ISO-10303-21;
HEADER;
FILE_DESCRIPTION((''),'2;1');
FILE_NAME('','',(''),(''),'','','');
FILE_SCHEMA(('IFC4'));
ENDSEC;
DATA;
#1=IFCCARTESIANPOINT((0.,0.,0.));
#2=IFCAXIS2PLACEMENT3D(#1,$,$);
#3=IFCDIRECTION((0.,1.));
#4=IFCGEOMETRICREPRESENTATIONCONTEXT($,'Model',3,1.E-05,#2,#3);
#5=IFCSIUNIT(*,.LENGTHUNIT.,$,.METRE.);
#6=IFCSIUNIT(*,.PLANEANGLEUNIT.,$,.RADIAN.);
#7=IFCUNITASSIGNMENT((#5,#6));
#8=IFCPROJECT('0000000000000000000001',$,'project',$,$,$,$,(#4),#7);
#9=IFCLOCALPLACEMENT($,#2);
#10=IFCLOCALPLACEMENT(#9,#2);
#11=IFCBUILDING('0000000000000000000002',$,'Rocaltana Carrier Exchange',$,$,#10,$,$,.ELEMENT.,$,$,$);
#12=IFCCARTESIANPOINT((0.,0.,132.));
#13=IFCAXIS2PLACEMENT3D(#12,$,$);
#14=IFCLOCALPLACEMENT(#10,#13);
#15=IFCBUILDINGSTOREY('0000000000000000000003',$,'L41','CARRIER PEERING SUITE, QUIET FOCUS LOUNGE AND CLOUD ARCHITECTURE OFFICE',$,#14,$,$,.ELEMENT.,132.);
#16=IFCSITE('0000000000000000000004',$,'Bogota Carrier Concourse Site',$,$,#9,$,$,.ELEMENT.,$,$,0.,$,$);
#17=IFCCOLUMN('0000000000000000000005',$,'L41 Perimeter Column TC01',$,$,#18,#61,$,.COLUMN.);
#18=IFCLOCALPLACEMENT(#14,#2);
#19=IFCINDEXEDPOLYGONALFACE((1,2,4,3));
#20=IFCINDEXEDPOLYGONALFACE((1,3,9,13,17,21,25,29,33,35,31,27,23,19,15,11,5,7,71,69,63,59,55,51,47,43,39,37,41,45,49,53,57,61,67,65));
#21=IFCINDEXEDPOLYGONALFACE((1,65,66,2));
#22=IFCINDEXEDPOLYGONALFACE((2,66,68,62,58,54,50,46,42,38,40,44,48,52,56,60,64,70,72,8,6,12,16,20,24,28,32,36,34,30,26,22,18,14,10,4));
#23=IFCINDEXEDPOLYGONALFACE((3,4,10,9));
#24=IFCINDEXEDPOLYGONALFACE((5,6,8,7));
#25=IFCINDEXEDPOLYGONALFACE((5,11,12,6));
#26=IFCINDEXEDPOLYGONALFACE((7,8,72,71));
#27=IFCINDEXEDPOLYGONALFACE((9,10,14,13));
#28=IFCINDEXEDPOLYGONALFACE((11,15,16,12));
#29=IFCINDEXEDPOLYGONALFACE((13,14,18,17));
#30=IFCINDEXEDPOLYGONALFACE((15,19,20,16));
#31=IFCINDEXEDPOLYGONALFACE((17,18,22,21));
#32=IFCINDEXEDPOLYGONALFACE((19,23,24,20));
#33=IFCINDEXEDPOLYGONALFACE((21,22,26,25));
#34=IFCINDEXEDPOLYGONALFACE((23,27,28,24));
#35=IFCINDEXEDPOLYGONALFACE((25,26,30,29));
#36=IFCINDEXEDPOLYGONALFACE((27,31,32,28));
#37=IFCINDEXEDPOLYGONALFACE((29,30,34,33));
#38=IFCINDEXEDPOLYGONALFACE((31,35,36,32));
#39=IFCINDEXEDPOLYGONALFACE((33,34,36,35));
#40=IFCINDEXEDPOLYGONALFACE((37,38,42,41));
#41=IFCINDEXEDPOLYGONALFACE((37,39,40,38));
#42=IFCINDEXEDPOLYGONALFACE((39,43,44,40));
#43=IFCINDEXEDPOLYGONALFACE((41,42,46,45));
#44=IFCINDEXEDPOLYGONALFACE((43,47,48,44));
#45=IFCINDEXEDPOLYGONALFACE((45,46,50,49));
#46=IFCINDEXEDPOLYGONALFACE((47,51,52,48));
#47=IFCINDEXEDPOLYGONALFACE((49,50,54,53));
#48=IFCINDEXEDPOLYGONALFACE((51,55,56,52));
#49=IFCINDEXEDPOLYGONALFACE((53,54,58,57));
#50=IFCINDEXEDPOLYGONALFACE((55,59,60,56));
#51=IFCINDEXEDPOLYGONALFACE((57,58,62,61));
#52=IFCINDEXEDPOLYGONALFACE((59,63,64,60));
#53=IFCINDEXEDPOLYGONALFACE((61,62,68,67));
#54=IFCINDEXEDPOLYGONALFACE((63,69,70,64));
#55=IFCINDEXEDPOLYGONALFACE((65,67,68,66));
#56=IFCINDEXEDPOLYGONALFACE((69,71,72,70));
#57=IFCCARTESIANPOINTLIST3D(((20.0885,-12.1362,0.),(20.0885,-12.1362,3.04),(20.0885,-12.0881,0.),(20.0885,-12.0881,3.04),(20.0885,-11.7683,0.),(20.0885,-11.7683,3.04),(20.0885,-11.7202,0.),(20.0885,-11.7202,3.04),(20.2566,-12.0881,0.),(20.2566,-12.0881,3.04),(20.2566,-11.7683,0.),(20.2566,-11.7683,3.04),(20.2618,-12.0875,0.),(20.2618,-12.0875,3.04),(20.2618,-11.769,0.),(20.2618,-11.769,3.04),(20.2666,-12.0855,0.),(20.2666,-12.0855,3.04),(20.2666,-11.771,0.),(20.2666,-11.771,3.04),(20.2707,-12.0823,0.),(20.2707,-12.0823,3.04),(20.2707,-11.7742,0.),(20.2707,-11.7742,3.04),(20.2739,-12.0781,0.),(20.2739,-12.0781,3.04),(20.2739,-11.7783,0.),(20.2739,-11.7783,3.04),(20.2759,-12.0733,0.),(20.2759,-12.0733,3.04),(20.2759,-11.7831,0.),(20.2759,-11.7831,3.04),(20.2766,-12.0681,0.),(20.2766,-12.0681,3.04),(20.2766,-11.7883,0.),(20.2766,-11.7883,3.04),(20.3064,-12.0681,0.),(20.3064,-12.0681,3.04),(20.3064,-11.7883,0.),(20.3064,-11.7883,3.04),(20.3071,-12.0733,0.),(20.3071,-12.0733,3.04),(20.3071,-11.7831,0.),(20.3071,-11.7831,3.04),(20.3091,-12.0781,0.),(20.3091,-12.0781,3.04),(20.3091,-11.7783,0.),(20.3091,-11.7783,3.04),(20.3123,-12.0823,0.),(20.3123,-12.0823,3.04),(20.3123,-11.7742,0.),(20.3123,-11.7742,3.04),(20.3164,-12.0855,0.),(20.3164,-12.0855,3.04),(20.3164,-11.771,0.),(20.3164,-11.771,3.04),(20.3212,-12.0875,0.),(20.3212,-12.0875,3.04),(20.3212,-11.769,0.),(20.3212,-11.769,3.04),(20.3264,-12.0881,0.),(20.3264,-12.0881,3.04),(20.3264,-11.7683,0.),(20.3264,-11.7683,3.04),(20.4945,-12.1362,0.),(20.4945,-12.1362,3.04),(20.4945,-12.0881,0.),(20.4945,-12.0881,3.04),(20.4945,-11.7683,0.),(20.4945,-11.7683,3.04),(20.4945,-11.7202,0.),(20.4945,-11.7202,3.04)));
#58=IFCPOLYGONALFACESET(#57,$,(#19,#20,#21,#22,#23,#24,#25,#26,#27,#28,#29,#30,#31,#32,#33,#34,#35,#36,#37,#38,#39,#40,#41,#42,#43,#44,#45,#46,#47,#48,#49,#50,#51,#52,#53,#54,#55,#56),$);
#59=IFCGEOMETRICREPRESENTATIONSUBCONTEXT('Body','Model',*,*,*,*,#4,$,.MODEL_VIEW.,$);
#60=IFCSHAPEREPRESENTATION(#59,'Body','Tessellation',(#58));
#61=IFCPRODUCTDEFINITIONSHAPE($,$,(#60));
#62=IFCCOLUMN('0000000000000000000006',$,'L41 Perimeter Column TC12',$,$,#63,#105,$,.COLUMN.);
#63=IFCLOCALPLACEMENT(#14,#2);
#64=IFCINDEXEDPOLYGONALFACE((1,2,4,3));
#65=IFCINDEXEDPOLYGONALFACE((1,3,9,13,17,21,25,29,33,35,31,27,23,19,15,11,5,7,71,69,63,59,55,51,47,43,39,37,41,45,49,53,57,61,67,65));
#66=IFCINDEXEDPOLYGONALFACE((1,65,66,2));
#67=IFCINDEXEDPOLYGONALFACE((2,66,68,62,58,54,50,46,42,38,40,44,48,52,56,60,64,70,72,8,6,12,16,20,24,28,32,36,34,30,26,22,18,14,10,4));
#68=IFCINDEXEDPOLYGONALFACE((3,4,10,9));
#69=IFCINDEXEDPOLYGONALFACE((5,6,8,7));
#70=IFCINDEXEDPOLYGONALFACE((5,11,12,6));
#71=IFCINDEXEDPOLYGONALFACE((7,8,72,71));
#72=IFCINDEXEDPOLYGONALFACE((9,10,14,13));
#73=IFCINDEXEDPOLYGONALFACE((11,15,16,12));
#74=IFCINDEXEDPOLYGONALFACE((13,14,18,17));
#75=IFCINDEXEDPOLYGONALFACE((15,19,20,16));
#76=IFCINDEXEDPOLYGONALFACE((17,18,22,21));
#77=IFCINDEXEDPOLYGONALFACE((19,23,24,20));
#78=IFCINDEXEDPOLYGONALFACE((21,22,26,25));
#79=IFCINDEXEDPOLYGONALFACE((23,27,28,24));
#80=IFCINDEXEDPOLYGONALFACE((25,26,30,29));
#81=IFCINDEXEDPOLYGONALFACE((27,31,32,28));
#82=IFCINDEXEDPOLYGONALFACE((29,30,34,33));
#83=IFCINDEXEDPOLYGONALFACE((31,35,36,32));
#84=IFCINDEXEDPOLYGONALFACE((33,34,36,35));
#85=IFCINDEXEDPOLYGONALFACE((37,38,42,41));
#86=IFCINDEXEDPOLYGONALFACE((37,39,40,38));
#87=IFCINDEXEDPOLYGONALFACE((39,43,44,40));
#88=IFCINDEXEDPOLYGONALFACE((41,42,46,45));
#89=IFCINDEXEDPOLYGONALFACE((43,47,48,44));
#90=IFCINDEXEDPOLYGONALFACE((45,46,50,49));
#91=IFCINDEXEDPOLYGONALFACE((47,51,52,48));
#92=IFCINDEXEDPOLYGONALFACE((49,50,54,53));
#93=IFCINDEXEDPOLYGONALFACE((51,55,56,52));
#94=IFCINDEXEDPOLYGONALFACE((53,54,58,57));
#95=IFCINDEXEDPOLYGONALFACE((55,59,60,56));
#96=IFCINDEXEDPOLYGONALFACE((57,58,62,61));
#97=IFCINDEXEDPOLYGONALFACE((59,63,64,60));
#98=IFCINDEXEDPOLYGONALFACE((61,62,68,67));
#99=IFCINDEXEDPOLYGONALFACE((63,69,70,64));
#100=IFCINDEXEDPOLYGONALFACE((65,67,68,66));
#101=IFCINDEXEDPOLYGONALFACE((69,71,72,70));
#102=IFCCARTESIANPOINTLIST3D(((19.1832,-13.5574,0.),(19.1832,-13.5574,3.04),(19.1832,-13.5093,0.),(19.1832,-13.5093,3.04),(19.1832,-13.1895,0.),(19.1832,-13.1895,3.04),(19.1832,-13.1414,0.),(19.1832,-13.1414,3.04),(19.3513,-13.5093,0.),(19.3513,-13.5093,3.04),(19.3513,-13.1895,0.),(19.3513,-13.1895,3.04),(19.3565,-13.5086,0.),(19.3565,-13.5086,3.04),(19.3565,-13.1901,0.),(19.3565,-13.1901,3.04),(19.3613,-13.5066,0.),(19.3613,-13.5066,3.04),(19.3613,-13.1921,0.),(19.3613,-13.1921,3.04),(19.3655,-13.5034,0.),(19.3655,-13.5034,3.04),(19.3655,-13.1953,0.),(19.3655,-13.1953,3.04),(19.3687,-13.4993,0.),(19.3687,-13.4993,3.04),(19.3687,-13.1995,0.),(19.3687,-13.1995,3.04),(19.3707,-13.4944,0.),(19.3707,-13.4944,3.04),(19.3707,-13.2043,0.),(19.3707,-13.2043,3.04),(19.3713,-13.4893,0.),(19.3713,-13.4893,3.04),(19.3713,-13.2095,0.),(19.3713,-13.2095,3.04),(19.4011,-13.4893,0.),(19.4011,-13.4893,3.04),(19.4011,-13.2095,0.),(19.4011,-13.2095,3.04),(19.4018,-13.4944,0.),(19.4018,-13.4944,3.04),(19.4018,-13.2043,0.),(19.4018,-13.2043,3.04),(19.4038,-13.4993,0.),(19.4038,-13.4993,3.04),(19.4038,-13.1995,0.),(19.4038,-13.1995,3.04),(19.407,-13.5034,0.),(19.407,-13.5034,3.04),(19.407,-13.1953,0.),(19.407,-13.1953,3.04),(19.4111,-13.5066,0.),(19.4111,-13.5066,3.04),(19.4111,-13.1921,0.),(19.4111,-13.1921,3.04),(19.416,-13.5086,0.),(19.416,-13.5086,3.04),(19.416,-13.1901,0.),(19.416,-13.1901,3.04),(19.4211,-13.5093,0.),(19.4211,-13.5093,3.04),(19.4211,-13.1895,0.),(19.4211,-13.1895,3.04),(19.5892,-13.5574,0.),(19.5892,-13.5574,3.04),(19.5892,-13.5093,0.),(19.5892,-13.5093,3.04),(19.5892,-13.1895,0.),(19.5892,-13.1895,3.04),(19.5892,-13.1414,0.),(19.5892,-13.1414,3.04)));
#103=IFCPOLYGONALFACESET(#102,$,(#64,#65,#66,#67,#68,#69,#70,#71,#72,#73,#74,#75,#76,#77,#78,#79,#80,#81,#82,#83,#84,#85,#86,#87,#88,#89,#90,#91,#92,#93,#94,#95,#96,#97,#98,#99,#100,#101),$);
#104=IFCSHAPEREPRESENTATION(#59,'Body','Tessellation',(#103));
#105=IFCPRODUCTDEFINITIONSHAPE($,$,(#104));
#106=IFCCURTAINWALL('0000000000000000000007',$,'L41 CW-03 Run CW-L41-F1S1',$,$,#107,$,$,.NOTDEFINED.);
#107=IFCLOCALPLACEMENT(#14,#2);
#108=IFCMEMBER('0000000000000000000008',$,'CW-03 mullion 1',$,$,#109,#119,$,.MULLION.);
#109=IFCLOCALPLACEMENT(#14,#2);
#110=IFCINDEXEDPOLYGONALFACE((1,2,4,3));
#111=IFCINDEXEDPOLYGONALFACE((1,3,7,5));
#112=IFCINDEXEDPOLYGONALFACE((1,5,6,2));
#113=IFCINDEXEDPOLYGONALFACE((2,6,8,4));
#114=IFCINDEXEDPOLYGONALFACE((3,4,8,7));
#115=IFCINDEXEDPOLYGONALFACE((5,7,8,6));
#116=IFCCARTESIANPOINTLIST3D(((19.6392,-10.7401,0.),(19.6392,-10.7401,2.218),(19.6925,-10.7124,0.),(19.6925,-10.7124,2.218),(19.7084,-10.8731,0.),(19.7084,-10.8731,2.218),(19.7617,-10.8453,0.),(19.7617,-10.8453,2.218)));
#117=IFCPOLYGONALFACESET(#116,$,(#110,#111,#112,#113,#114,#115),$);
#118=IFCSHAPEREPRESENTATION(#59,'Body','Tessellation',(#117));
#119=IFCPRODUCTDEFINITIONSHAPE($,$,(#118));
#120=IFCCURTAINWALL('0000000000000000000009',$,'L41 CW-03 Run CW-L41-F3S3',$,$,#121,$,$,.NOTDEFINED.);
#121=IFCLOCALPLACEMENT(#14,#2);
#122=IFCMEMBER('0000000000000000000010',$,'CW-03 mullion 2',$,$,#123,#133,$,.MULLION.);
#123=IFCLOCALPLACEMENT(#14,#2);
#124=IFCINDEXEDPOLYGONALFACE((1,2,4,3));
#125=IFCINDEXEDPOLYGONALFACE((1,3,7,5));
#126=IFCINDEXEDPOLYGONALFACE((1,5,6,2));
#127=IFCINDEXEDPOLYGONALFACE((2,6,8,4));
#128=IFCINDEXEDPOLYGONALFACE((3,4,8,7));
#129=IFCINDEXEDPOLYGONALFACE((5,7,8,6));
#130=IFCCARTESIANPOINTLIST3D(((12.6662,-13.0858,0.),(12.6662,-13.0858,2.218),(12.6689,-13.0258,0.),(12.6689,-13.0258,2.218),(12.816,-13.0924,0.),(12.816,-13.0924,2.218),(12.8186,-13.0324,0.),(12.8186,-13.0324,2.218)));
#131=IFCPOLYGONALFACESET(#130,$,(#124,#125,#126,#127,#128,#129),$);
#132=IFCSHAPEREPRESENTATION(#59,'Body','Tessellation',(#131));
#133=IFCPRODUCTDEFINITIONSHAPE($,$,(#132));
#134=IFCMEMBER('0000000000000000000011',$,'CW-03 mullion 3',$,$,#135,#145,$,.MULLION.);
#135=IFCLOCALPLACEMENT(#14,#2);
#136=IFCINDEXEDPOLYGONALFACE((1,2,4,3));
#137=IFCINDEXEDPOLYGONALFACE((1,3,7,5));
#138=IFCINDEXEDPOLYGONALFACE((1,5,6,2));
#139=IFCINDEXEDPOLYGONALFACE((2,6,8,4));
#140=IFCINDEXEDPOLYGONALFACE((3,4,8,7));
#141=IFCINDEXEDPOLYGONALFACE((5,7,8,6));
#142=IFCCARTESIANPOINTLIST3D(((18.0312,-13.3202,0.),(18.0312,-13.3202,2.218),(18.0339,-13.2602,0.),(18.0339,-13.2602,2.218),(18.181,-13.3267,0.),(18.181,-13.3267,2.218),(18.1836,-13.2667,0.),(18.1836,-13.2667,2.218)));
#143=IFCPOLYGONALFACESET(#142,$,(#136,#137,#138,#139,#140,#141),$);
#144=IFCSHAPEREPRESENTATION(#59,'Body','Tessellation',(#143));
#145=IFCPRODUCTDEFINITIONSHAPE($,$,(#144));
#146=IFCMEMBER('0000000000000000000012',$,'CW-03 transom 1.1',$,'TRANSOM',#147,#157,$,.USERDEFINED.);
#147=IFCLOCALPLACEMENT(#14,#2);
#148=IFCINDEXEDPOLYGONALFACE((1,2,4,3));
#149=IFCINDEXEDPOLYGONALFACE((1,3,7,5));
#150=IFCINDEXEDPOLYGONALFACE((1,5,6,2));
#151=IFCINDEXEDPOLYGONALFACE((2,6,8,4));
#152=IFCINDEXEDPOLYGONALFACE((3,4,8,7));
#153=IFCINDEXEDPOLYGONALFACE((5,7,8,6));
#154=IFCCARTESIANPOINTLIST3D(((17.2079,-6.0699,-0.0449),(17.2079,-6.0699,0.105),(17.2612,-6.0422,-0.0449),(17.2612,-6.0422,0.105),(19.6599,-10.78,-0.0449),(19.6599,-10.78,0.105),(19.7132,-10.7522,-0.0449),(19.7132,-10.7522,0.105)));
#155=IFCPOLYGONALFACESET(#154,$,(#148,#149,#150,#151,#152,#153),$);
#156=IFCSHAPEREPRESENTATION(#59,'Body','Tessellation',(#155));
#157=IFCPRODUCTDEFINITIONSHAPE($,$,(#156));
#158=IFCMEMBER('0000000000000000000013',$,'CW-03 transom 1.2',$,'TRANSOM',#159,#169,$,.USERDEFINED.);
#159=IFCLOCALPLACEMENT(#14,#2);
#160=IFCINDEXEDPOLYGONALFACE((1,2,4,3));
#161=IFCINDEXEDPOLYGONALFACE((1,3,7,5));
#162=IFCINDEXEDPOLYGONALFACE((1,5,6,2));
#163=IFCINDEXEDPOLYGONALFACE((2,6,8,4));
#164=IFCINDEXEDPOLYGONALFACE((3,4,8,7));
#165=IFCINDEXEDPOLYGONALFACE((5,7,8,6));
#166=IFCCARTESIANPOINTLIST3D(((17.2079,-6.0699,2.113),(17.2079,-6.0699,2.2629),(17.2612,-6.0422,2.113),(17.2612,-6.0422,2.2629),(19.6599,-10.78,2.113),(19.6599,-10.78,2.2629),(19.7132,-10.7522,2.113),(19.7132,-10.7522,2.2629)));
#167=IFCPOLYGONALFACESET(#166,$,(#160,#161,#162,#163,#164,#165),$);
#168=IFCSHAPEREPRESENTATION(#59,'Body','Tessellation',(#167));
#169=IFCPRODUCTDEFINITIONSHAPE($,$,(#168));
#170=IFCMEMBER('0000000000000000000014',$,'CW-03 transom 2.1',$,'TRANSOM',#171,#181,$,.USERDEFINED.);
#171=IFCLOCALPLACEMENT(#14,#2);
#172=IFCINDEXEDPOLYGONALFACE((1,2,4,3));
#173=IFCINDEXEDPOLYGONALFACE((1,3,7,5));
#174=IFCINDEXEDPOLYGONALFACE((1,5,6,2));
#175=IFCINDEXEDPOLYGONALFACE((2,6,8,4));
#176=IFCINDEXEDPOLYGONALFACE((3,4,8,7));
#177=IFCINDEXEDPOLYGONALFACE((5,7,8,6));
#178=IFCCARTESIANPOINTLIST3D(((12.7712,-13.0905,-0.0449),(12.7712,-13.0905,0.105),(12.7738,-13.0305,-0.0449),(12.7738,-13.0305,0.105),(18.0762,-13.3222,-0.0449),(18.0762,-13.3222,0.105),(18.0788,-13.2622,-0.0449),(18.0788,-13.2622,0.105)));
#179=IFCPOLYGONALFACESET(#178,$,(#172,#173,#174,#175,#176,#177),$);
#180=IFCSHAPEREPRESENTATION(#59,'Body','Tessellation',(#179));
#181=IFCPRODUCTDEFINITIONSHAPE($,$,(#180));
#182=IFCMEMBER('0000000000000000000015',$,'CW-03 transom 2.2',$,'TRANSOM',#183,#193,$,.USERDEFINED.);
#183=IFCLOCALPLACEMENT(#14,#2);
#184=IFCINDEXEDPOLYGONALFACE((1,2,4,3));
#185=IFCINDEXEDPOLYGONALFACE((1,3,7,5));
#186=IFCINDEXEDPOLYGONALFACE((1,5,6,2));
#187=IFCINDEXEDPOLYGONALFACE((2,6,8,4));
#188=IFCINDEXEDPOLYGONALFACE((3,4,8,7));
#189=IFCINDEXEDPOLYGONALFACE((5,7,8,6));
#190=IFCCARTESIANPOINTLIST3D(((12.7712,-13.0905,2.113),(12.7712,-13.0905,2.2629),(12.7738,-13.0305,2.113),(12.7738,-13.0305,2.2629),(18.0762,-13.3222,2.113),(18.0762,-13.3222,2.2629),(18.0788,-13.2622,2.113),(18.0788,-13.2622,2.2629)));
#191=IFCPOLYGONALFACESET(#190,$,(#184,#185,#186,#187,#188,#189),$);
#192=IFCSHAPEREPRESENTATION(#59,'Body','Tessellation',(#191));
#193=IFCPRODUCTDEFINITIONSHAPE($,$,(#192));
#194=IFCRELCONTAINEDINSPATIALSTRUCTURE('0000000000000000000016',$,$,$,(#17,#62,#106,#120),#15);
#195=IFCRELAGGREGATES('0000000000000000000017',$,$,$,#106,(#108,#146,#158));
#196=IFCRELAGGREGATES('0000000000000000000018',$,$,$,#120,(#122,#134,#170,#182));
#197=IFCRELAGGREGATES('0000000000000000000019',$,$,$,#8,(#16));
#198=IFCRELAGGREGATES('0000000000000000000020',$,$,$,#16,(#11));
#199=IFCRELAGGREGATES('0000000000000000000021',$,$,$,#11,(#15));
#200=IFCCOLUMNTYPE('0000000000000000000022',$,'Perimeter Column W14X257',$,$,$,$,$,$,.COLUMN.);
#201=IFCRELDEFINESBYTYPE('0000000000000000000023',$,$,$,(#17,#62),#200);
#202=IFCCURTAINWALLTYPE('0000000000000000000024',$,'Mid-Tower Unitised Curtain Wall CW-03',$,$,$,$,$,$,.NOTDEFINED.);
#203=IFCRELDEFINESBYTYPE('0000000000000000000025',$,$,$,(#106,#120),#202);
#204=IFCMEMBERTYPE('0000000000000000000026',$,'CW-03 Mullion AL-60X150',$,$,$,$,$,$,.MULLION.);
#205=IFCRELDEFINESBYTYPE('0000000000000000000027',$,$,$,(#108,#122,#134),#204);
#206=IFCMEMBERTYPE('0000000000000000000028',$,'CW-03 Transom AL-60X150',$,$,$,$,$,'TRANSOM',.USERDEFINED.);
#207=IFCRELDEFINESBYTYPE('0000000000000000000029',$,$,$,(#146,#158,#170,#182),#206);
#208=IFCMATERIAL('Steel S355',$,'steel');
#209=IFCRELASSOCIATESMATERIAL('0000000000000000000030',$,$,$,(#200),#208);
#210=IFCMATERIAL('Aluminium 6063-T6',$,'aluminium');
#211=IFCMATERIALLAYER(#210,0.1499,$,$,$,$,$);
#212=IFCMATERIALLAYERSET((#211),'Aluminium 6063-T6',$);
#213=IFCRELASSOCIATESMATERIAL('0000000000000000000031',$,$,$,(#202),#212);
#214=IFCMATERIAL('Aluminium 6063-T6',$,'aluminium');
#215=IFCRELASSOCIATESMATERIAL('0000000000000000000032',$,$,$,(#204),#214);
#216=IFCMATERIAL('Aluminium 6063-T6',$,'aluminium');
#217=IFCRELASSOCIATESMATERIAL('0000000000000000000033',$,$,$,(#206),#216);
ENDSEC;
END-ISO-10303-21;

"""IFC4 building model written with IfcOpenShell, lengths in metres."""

from ifc_helpers import new_model, si_unit, direction, frame, origin, origin_2d, place, context, subcontext, project, spatial, rectangle, i_section, extrude, material, layer, layer_set, material_profile, profile_set, type_object, element, aggregate, save


model = new_model("IFC4")

# Units and contexts
model_context = context("Model", 3, precision=1e-05, world=origin(), true_north=direction((0.0, 1.0)))
body_context = subcontext(model_context, "Body", "Model", "MODEL_VIEW")
ifc_project = project(units=[si_unit("LENGTHUNIT", "METRE"), si_unit("PLANEANGLEUNIT", "RADIAN")], contexts=[model_context])

# Site, building, storey
site_placement = place(None, origin())
site = spatial("IfcSite", under=ifc_project, at=site_placement, Name="Bogota Carrier Concourse Site", CompositionType="ELEMENT", RefElevation=0.0)
building_placement = place(site_placement, origin())
building = spatial("IfcBuilding", under=site, at=building_placement, Name="Rocaltana Carrier Exchange", CompositionType="ELEMENT")
storey_placement = place(building_placement, frame((0.0, 0.0, 132.0)))
storey = spatial("IfcBuildingStorey", under=building, at=storey_placement, Name="L41", Description="CARRIER PEERING SUITE, QUIET FOCUS LOUNGE AND CLOUD ARCHITECTURE OFFICE", CompositionType="ELEMENT", Elevation=132.0)

# Columns
ifc_material_1 = material(Name="Steel S355", Category="steel")
ifc_material_profile_1 = material_profile(ifc_material_1, i_section(OverallWidth=0.406, OverallDepth=0.416, WebThickness=0.0298, FlangeThickness=0.0481, FilletRadius=0.02, at=origin_2d()), Name="W14X257")
ifc_profile_set_1 = profile_set([ifc_material_profile_1], Name="Steel S355")
column_type = type_object("IfcColumnType", Name="Perimeter Column W14X257", PredefinedType="COLUMN", material=ifc_profile_set_1)
for number, where, z_axis, x_axis, name in (
    (1, (20.2915, -11.9282, 0.0), (0.0, 0.0, 1.0), (1.0, 0.0, 0.0), "L41 Perimeter Column TC01"),
    (2, (19.3862, -13.3494, 0.0), (0.0, 0.0, 1.0), (1.0, 0.0, 0.0), "L41 Perimeter Column TC12"),
):
    element("IfcColumn", number, at=place(storey_placement, frame(where, z_axis=z_axis, x_axis=x_axis)), inside=storey, type_object=column_type, Name=name, PredefinedType="COLUMN", context=body_context, shape_type="SweptSolid", body=[
        extrude(i_section(OverallWidth=0.406, OverallDepth=0.416, WebThickness=0.0298, FlangeThickness=0.0481, FilletRadius=0.02, at=origin_2d()), origin(), (0.0, 0.0, 1.0), 3.04),
    ])

# Curtain wall, member
ifc_material_2 = material(Name="Aluminium 6063-T6", Category="aluminium")
ifc_layer_1 = layer(ifc_material_2, 0.1499)
ifc_layer_set_1 = layer_set([ifc_layer_1], Name="Aluminium 6063-T6")
curtain_wall_type = type_object("IfcCurtainWallType", Name="Mid-Tower Unitised Curtain Wall CW-03", PredefinedType="NOTDEFINED", material=ifc_layer_set_1)
curtain_wall_1_placement = place(storey_placement, origin())
curtain_wall_1 = element("IfcCurtainWall", 3, at=curtain_wall_1_placement, inside=storey, type_object=curtain_wall_type, Name="L41 CW-03 Run CW-L41-F1S1", PredefinedType="NOTDEFINED")
ifc_material_3 = material(Name="Aluminium 6063-T6", Category="aluminium")
ifc_material_profile_2 = material_profile(ifc_material_3, rectangle(XDim=0.0601, YDim=0.1499, at=origin_2d()), Name="AL-60X150")
ifc_profile_set_2 = profile_set([ifc_material_profile_2], Name="Aluminium 6063-T6")
member_type_1 = type_object("IfcMemberType", Name="CW-03 Mullion AL-60X150", PredefinedType="MULLION", material=ifc_profile_set_2)
member_1_placement = place(storey_placement, frame((19.7004, -10.7927, 0.0), z_axis=(0.0, 0.0, 1.0), x_axis=(-0.88701, -0.46175, 0.0)))
member_1 = element("IfcMember", 4, at=member_1_placement, type_object=member_type_1, Name="CW-03 mullion 1", PredefinedType="MULLION", context=body_context, shape_type="SweptSolid", body=[
    extrude(rectangle(XDim=0.0601, YDim=0.1499, at=origin_2d()), origin(), (0.0, 0.0, 1.0), 2.218),
])

# Curtain wall, members
curtain_wall_2_placement = place(storey_placement, origin())
curtain_wall_2 = element("IfcCurtainWall", 5, at=curtain_wall_2_placement, inside=storey, type_object=curtain_wall_type, Name="L41 CW-03 Run CW-L41-F3S3", PredefinedType="NOTDEFINED")
member_2_placement = place(storey_placement, frame((12.7424, -13.0591, 0.0), z_axis=(0.0, 0.0, 1.0), x_axis=(0.043629, 0.999048, 0.0)))
member_2 = element("IfcMember", 6, at=member_2_placement, type_object=member_type_1, Name="CW-03 mullion 2", PredefinedType="MULLION", context=body_context, shape_type="SweptSolid", body=[
    extrude(rectangle(XDim=0.0601, YDim=0.1499, at=origin_2d()), origin(), (0.0, 0.0, 1.0), 2.218),
])
member_3_placement = place(storey_placement, frame((18.1074, -13.2935, 0.0), z_axis=(0.0, 0.0, 1.0), x_axis=(0.043629, 0.999048, 0.0)))
member_3 = element("IfcMember", 7, at=member_3_placement, type_object=member_type_1, Name="CW-03 mullion 3", PredefinedType="MULLION", context=body_context, shape_type="SweptSolid", body=[
    extrude(rectangle(XDim=0.0601, YDim=0.1499, at=origin_2d()), origin(), (0.0, 0.0, 1.0), 2.218),
])

# Members
ifc_material_4 = material(Name="Aluminium 6063-T6", Category="aluminium")
ifc_material_profile_3 = material_profile(ifc_material_4, rectangle(XDim=0.0601, YDim=0.1499, at=origin_2d()), Name="AL-60X150")
ifc_profile_set_3 = profile_set([ifc_material_profile_3], Name="Aluminium 6063-T6")
member_type_2 = type_object("IfcMemberType", Name="CW-03 Transom AL-60X150", ElementType="TRANSOM", PredefinedType="USERDEFINED", material=ifc_profile_set_3)
member_4_placement = place(storey_placement, frame((19.6865, -10.7661, 0.03), z_axis=(-0.461757, 0.887007, 0.0), x_axis=(-0.887007, -0.461757, 0.0)))
member_4 = element("IfcMember", 8, at=member_4_placement, type_object=member_type_2, Name="CW-03 transom 1.1", ObjectType="TRANSOM", PredefinedType="USERDEFINED", context=body_context, shape_type="SweptSolid", body=[
    extrude(rectangle(XDim=0.0601, YDim=0.1499, at=origin_2d()), origin(), (0.0, 0.0, 1.0), 5.3101),
])
member_5_placement = place(storey_placement, frame((19.6865, -10.7661, 2.188), z_axis=(-0.461757, 0.887007, 0.0), x_axis=(-0.887007, -0.461757, 0.0)))
member_5 = element("IfcMember", 9, at=member_5_placement, type_object=member_type_2, Name="CW-03 transom 1.2", ObjectType="TRANSOM", PredefinedType="USERDEFINED", context=body_context, shape_type="SweptSolid", body=[
    extrude(rectangle(XDim=0.0601, YDim=0.1499, at=origin_2d()), origin(), (0.0, 0.0, 1.0), 5.3101),
])
aggregate(curtain_wall_1, [member_1, member_4, member_5])
member_6_placement = place(storey_placement, frame((12.7725, -13.0605, 0.03), z_axis=(0.999048, -0.043633, 0.0), x_axis=(0.043633, 0.999048, 0.0)))
member_6 = element("IfcMember", 10, at=member_6_placement, type_object=member_type_2, Name="CW-03 transom 2.1", ObjectType="TRANSOM", PredefinedType="USERDEFINED", context=body_context, shape_type="SweptSolid", body=[
    extrude(rectangle(XDim=0.0601, YDim=0.1499, at=origin_2d()), origin(), (0.0, 0.0, 1.0), 5.3101),
])
member_7_placement = place(storey_placement, frame((12.7725, -13.0605, 2.188), z_axis=(0.999048, -0.043633, 0.0), x_axis=(0.043633, 0.999048, 0.0)))
member_7 = element("IfcMember", 11, at=member_7_placement, type_object=member_type_2, Name="CW-03 transom 2.2", ObjectType="TRANSOM", PredefinedType="USERDEFINED", context=body_context, shape_type="SweptSolid", body=[
    extrude(rectangle(XDim=0.0601, YDim=0.1499, at=origin_2d()), origin(), (0.0, 0.0, 1.0), 5.3101),
])

aggregate(curtain_wall_2, [member_2, member_3, member_6, member_7])

save(model, "model.ifc")
